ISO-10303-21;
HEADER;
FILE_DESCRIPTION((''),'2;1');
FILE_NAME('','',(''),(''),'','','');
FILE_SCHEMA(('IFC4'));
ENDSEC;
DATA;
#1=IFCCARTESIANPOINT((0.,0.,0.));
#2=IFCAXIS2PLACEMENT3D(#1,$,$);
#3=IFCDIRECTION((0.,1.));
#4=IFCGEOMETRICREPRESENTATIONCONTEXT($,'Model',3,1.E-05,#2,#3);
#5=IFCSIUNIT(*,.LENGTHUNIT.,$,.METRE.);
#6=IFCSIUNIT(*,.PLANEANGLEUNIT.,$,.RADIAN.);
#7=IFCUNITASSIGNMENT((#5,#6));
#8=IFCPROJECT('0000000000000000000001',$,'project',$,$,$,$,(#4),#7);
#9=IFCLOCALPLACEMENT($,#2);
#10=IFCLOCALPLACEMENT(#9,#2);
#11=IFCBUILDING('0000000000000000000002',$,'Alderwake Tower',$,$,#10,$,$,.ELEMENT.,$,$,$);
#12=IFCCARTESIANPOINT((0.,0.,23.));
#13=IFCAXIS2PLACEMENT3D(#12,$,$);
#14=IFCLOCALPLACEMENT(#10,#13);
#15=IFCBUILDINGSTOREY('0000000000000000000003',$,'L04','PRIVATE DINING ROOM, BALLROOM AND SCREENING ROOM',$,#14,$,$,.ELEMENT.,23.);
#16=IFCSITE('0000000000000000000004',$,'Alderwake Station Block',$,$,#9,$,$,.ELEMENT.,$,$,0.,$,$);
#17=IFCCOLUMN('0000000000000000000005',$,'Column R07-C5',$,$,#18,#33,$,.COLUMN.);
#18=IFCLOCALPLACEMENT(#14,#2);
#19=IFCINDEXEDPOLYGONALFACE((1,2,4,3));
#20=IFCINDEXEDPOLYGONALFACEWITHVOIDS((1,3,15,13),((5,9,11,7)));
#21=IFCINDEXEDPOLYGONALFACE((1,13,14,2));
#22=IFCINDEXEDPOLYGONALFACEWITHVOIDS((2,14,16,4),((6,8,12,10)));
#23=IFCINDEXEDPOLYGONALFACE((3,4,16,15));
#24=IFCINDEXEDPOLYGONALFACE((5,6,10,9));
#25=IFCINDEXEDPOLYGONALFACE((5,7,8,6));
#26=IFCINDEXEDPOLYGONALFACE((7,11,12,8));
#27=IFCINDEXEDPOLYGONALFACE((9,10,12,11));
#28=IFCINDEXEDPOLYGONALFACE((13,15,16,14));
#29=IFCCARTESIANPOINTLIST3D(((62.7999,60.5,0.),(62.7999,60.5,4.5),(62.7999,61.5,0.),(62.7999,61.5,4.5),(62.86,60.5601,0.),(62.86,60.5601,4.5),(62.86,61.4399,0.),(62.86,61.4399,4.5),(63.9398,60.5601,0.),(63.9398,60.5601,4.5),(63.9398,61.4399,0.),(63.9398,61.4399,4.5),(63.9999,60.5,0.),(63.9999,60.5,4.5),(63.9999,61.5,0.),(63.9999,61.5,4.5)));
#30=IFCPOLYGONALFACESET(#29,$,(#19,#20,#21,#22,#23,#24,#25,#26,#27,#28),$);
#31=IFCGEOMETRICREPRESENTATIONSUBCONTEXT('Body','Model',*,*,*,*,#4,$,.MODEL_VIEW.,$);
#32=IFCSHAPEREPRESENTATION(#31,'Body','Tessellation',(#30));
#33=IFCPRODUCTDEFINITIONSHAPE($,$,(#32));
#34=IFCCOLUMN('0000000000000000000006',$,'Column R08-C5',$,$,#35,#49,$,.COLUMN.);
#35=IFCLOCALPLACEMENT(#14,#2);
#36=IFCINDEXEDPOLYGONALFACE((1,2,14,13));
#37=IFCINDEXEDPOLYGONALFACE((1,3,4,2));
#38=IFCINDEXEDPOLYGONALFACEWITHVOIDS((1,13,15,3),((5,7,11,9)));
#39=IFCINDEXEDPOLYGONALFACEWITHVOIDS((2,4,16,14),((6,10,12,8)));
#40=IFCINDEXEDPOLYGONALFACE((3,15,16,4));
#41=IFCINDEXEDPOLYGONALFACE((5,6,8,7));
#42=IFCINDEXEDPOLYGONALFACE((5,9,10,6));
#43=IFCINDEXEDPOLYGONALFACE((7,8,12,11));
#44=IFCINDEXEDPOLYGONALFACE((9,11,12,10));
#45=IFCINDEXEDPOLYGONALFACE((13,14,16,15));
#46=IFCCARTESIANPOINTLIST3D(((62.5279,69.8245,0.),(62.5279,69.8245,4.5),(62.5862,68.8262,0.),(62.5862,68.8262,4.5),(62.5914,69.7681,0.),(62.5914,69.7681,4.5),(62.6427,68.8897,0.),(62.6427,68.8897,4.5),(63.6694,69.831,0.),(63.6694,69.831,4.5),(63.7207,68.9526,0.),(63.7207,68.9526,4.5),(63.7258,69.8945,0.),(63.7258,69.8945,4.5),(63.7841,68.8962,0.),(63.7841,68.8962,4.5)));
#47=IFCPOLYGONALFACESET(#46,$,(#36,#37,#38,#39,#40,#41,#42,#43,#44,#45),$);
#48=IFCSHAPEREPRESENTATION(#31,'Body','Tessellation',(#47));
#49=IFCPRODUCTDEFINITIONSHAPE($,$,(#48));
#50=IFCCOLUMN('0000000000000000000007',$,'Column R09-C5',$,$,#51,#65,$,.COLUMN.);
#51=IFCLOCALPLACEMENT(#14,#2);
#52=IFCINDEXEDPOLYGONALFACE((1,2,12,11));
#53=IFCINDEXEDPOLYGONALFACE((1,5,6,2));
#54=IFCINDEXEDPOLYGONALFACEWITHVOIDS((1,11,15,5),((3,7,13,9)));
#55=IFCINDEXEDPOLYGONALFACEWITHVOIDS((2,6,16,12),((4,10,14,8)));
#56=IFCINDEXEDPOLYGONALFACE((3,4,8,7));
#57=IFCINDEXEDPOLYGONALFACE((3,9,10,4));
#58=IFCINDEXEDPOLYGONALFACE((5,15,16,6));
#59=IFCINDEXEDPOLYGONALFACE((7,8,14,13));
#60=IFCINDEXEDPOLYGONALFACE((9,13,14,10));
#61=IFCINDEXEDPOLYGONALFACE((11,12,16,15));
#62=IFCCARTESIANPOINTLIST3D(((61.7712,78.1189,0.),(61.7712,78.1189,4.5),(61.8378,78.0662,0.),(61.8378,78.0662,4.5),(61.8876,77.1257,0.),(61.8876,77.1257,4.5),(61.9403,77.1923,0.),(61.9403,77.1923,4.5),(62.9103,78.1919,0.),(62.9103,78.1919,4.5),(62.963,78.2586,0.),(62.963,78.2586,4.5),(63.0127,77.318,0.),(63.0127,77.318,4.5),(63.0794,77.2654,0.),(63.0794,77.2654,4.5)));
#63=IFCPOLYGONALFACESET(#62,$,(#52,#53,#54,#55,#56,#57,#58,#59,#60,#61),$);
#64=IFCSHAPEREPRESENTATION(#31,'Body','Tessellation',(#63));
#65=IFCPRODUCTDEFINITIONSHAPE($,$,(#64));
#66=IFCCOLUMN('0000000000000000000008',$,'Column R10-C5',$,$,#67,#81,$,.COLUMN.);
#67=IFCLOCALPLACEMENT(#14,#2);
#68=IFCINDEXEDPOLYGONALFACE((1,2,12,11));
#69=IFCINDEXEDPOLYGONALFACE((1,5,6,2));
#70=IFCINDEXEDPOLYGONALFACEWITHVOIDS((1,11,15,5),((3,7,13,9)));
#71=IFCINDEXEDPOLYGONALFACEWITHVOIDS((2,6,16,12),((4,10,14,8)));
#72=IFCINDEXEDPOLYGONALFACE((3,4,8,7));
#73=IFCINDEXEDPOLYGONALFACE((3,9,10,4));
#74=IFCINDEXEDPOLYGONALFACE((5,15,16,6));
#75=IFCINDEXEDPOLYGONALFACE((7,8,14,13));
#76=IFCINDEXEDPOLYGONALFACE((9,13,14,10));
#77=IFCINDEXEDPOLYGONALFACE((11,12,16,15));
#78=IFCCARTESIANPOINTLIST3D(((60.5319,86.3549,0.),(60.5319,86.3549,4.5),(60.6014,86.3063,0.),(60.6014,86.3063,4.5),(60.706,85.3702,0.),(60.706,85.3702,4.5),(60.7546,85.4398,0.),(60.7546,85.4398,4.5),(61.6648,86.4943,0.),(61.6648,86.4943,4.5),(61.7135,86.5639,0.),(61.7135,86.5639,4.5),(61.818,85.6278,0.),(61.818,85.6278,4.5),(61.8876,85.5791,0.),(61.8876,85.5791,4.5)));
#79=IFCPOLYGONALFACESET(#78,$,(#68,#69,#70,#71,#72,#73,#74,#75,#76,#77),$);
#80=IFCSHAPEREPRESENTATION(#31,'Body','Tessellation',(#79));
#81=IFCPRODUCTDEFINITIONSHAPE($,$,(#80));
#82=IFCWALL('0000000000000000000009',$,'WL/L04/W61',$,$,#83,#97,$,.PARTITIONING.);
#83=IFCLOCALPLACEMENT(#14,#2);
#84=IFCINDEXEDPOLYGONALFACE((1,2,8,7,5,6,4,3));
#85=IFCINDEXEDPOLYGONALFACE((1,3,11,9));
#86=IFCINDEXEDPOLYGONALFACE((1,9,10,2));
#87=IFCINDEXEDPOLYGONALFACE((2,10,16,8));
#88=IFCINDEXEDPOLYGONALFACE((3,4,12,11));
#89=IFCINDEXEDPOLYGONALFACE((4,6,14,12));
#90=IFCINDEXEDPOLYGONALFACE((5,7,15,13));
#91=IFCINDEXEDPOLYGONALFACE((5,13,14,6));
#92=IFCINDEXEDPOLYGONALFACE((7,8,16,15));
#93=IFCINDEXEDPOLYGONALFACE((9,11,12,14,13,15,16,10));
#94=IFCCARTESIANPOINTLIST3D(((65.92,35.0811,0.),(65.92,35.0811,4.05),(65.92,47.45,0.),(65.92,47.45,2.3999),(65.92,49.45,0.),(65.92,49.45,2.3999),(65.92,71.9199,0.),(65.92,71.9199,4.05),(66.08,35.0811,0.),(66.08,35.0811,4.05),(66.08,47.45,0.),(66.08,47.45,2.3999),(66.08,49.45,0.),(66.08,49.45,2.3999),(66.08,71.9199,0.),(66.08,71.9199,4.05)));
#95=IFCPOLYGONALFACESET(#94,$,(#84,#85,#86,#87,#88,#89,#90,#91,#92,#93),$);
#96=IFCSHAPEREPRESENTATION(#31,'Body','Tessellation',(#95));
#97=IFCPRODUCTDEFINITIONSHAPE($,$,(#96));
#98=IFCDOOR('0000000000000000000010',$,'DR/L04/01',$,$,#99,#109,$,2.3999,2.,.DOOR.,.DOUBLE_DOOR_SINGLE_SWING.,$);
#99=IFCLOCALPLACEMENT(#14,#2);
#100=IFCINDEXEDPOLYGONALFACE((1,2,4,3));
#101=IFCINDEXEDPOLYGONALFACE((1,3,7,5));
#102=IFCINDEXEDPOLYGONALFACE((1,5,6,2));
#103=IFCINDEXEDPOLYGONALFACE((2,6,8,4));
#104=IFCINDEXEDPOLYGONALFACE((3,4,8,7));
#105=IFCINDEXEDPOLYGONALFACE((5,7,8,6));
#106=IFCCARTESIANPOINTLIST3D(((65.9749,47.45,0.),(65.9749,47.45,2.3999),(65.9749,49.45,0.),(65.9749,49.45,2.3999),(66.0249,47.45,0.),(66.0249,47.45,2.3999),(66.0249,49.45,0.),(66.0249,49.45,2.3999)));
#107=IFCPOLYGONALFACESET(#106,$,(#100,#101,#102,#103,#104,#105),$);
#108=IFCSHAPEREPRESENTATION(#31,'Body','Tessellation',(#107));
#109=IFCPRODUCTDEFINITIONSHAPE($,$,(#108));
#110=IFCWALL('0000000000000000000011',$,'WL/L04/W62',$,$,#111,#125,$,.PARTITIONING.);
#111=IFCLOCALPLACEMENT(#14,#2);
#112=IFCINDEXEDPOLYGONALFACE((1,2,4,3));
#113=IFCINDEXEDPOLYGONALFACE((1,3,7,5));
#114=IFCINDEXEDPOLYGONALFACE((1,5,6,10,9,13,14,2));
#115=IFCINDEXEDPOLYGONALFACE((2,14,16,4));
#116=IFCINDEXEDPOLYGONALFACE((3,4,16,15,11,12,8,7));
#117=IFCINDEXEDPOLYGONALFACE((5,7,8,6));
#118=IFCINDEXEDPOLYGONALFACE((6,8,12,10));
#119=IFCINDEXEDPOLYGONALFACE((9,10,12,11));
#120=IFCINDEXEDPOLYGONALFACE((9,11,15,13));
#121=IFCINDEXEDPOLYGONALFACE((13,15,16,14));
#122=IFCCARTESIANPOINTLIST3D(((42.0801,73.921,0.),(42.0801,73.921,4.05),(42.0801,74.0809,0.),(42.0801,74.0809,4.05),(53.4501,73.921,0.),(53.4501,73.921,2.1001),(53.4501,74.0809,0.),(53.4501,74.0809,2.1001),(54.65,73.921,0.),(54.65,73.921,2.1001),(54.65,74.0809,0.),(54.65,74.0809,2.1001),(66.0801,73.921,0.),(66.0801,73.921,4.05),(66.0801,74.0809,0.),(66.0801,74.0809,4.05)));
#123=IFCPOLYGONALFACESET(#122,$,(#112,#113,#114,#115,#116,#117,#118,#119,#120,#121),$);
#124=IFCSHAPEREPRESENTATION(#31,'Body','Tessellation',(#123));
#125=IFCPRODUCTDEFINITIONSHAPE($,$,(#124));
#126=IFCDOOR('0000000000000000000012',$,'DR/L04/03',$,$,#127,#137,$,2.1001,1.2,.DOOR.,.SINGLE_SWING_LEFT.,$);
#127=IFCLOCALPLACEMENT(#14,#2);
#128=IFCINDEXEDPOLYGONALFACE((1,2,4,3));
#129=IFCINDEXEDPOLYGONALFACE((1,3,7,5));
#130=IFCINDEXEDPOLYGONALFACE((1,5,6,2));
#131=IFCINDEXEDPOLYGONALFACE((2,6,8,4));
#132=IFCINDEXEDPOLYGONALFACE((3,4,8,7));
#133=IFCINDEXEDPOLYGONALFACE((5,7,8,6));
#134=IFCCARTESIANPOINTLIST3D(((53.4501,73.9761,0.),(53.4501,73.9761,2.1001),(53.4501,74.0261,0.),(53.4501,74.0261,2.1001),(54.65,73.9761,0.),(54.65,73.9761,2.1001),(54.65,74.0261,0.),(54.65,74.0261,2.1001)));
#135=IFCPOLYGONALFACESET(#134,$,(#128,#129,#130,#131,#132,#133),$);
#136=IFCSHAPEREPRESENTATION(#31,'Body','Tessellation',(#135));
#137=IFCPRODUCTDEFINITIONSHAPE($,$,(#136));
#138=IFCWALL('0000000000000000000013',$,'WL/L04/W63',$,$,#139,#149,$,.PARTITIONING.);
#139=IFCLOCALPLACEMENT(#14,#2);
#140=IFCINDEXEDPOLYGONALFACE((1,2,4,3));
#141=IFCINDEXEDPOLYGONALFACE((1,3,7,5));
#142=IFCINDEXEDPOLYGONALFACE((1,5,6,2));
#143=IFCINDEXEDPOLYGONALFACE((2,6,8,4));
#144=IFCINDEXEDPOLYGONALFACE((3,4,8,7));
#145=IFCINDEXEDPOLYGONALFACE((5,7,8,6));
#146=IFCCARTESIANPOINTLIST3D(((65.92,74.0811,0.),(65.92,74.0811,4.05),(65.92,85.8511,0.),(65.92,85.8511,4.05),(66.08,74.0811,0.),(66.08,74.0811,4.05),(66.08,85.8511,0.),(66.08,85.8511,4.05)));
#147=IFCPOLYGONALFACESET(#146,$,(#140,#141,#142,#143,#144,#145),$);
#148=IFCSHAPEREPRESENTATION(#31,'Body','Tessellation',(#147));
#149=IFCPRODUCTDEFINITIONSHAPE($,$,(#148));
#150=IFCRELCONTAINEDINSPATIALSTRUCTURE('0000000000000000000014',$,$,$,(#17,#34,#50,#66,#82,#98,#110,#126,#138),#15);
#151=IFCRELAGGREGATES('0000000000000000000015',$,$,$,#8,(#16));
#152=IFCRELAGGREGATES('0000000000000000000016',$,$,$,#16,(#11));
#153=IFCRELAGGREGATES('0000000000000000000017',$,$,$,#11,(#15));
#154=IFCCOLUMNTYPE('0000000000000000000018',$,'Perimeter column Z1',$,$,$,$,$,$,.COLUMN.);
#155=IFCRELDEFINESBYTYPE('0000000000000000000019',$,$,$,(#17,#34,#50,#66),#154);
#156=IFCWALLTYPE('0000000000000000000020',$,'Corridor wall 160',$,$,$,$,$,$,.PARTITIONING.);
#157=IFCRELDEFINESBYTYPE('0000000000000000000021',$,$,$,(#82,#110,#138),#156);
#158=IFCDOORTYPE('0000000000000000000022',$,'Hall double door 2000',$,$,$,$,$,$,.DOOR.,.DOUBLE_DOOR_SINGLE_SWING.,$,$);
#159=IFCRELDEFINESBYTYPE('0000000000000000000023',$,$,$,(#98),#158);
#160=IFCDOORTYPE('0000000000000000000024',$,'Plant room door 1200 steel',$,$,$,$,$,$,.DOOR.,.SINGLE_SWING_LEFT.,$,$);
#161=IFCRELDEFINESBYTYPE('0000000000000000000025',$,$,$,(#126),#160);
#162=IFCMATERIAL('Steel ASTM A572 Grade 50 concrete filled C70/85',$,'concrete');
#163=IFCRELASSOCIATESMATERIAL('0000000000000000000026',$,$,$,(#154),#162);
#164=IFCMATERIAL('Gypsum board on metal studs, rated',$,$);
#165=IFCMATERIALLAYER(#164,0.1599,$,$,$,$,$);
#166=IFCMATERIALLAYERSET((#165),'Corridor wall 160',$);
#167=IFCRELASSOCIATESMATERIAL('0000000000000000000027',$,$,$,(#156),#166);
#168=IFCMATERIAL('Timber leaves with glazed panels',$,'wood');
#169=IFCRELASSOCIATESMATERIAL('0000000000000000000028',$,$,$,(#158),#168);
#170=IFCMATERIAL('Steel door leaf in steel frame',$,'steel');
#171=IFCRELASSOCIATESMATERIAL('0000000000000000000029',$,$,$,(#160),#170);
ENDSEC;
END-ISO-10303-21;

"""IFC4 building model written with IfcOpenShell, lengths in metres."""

from ifc_helpers import new_model, si_unit, direction, frame, frame_2d, origin, origin_2d, place, context, subcontext, project, spatial, rectangle, hollow_rectangle, extrude, material, layer, layer_set, material_profile, profile_set, type_object, element, fill, save


model = new_model("IFC4")

# Units and contexts
model_context = context("Model", 3, precision=1e-05, world=origin(), true_north=direction((0.0, 1.0)))
body_context = subcontext(model_context, "Body", "Model", "MODEL_VIEW")
ifc_project = project(units=[si_unit("LENGTHUNIT", "METRE"), si_unit("PLANEANGLEUNIT", "RADIAN")], contexts=[model_context])

# Site, building, storey
site_placement = place(None, origin())
site = spatial("IfcSite", under=ifc_project, at=site_placement, Name="Alderwake Station Block", CompositionType="ELEMENT", RefElevation=0.0)
building_placement = place(site_placement, origin())
building = spatial("IfcBuilding", under=site, at=building_placement, Name="Alderwake Tower", CompositionType="ELEMENT")
storey_placement = place(building_placement, frame((0.0, 0.0, 23.0)))
storey = spatial("IfcBuildingStorey", under=building, at=storey_placement, Name="L04", Description="PRIVATE DINING ROOM, BALLROOM AND SCREENING ROOM", CompositionType="ELEMENT", Elevation=23.0)

# Columns
ifc_material_1 = material(Name="Steel ASTM A572 Grade 50 concrete filled C70/85", Category="concrete")
ifc_material_profile = material_profile(ifc_material_1, hollow_rectangle(XDim=1.0, YDim=1.2, WallThickness=0.0601, at=origin_2d()), Name="BOX 1200X1000X60")
ifc_profile_set = profile_set([ifc_material_profile], Name="Steel ASTM A572 Grade 50 concrete filled C70/85")
column_type = type_object("IfcColumnType", Name="Perimeter column Z1", PredefinedType="COLUMN", material=ifc_profile_set)
for number, where, z_axis, x_axis, name in (
    (1, (63.3999, 61.0, 0.0), (0.0, 0.0, 1.0), (0.0, 1.0, 0.0), "Column R07-C5"),
    (2, (63.156, 69.3604, 0.0), (0.0, 0.0, 1.0), (-0.058301, 0.998299, 0.0), "Column R08-C5"),
    (3, (62.4253, 77.6921, 0.0), (0.0, 0.0, 1.0), (-0.116402, 0.993202, 0.0), "Column R09-C5"),
    (4, (61.2097, 85.967, 0.0), (0.0, 0.0, 1.0), (-0.174109, 0.984726, 0.0), "Column R10-C5"),
):
    element("IfcColumn", number, at=place(storey_placement, frame(where, z_axis=z_axis, x_axis=x_axis)), inside=storey, type_object=column_type, Name=name, PredefinedType="COLUMN", context=body_context, shape_type="SweptSolid", body=[
        extrude(hollow_rectangle(XDim=1.0, YDim=1.2, WallThickness=0.0601, at=origin_2d()), origin(), (0.0, 0.0, 1.0), 4.5),
    ])

# Walls, openings, doors
ifc_material_2 = material(Name="Gypsum board on metal studs, rated")
ifc_layer_1 = layer(ifc_material_2, 0.1599)
ifc_layer_set_1 = layer_set([ifc_layer_1], Name="Corridor wall 160")
wall_type_1 = type_object("IfcWallType", Name="Corridor wall 160", PredefinedType="PARTITIONING", material=ifc_layer_set_1)
wall_1_placement = place(storey_placement, frame((66.0, 71.9199, 0.0), z_axis=(0.0, 0.0, 1.0), x_axis=(0.0, -1.0, 0.0)))
wall_1 = element("IfcWall", 5, at=wall_1_placement, inside=storey, type_object=wall_type_1, Name="WL/L04/W61", PredefinedType="PARTITIONING", context=body_context, shape_type="SweptSolid", body=[
    extrude(rectangle(XDim=36.8389, YDim=0.1599, at=frame_2d((18.4194, 0.0))), origin(), (0.0, 0.0, 1.0), 4.05),
])
opening_1_placement = place(wall_1_placement, frame((22.47, 0.0, 0.0)))
opening_1 = element("IfcOpeningElement", 6, at=opening_1_placement, cuts=wall_1, PredefinedType="OPENING", context=body_context, shape_type="SweptSolid", body=[
    extrude(rectangle(XDim=2.0, YDim=2.3999, at=frame_2d((1.0, 1.2))), frame((0.0, 0.0898, 0.0), z_axis=(0.0, -1.0, 0.0), x_axis=(1.0, 0.0, 0.0)), (0.0, 0.0, 1.0), 0.1799),
])
ifc_material_3 = material(Name="Timber leaves with glazed panels", Category="wood")
door_type_1 = type_object("IfcDoorType", Name="Hall double door 2000", OperationType="DOUBLE_DOOR_SINGLE_SWING", PredefinedType="DOOR", material=ifc_material_3)
door_1_placement = place(opening_1_placement, origin())
door_1 = element("IfcDoor", 7, at=door_1_placement, inside=storey, type_object=door_type_1, Name="DR/L04/01", OperationType="DOUBLE_DOOR_SINGLE_SWING", OverallHeight=2.3999, OverallWidth=2.0, PredefinedType="DOOR", context=body_context, shape_type="SweptSolid", body=[
    extrude(rectangle(XDim=2.0, YDim=2.3999, at=frame_2d((1.0, 1.2))), frame((0.0, 0.0249, 0.0), z_axis=(0.0, -1.0, 0.0), x_axis=(1.0, 0.0, 0.0)), (0.0, 0.0, 1.0), 0.05),
])
fill(opening_1, door_1)
wall_2_placement = place(storey_placement, frame((66.0801, 74.001, 0.0), z_axis=(0.0, 0.0, 1.0), x_axis=(-1.0, 0.0, 0.0)))
wall_2 = element("IfcWall", 8, at=wall_2_placement, inside=storey, type_object=wall_type_1, Name="WL/L04/W62", PredefinedType="PARTITIONING", context=body_context, shape_type="SweptSolid", body=[
    extrude(rectangle(XDim=24.0, YDim=0.1599, at=frame_2d((12.0, 0.0))), origin(), (0.0, 0.0, 1.0), 4.05),
])
opening_2_placement = place(wall_2_placement, frame((11.4299, 0.0, 0.0)))
opening_2 = element("IfcOpeningElement", 9, at=opening_2_placement, cuts=wall_2, PredefinedType="OPENING", context=body_context, shape_type="SweptSolid", body=[
    extrude(rectangle(XDim=1.2, YDim=2.1001, at=frame_2d((0.6001, 1.05))), frame((0.0, 0.0898, 0.0), z_axis=(0.0, -1.0, 0.0), x_axis=(1.0, 0.0, 0.0)), (0.0, 0.0, 1.0), 0.1799),
])
ifc_material_4 = material(Name="Steel door leaf in steel frame", Category="steel")
door_type_2 = type_object("IfcDoorType", Name="Plant room door 1200 steel", OperationType="SINGLE_SWING_LEFT", PredefinedType="DOOR", material=ifc_material_4)
door_2_placement = place(opening_2_placement, origin())
door_2 = element("IfcDoor", 10, at=door_2_placement, inside=storey, type_object=door_type_2, Name="DR/L04/03", OperationType="SINGLE_SWING_LEFT", OverallHeight=2.1001, OverallWidth=1.2, PredefinedType="DOOR", context=body_context, shape_type="SweptSolid", body=[
    extrude(rectangle(XDim=1.2, YDim=2.1001, at=frame_2d((0.6001, 1.05))), frame((0.0, 0.0249, 0.0), z_axis=(0.0, -1.0, 0.0), x_axis=(1.0, 0.0, 0.0)), (0.0, 0.0, 1.0), 0.05),
])
fill(opening_2, door_2)

# Wall
wall_3_placement = place(storey_placement, frame((66.0, 85.8511, 0.0), z_axis=(0.0, 0.0, 1.0), x_axis=(0.0, -1.0, 0.0)))
element("IfcWall", 11, at=wall_3_placement, inside=storey, type_object=wall_type_1, Name="WL/L04/W63", PredefinedType="PARTITIONING", context=body_context, shape_type="SweptSolid", body=[
    extrude(rectangle(XDim=11.77, YDim=0.1599, at=frame_2d((5.885, 0.0))), origin(), (0.0, 0.0, 1.0), 4.05),
])

save(model, "model.ifc")
